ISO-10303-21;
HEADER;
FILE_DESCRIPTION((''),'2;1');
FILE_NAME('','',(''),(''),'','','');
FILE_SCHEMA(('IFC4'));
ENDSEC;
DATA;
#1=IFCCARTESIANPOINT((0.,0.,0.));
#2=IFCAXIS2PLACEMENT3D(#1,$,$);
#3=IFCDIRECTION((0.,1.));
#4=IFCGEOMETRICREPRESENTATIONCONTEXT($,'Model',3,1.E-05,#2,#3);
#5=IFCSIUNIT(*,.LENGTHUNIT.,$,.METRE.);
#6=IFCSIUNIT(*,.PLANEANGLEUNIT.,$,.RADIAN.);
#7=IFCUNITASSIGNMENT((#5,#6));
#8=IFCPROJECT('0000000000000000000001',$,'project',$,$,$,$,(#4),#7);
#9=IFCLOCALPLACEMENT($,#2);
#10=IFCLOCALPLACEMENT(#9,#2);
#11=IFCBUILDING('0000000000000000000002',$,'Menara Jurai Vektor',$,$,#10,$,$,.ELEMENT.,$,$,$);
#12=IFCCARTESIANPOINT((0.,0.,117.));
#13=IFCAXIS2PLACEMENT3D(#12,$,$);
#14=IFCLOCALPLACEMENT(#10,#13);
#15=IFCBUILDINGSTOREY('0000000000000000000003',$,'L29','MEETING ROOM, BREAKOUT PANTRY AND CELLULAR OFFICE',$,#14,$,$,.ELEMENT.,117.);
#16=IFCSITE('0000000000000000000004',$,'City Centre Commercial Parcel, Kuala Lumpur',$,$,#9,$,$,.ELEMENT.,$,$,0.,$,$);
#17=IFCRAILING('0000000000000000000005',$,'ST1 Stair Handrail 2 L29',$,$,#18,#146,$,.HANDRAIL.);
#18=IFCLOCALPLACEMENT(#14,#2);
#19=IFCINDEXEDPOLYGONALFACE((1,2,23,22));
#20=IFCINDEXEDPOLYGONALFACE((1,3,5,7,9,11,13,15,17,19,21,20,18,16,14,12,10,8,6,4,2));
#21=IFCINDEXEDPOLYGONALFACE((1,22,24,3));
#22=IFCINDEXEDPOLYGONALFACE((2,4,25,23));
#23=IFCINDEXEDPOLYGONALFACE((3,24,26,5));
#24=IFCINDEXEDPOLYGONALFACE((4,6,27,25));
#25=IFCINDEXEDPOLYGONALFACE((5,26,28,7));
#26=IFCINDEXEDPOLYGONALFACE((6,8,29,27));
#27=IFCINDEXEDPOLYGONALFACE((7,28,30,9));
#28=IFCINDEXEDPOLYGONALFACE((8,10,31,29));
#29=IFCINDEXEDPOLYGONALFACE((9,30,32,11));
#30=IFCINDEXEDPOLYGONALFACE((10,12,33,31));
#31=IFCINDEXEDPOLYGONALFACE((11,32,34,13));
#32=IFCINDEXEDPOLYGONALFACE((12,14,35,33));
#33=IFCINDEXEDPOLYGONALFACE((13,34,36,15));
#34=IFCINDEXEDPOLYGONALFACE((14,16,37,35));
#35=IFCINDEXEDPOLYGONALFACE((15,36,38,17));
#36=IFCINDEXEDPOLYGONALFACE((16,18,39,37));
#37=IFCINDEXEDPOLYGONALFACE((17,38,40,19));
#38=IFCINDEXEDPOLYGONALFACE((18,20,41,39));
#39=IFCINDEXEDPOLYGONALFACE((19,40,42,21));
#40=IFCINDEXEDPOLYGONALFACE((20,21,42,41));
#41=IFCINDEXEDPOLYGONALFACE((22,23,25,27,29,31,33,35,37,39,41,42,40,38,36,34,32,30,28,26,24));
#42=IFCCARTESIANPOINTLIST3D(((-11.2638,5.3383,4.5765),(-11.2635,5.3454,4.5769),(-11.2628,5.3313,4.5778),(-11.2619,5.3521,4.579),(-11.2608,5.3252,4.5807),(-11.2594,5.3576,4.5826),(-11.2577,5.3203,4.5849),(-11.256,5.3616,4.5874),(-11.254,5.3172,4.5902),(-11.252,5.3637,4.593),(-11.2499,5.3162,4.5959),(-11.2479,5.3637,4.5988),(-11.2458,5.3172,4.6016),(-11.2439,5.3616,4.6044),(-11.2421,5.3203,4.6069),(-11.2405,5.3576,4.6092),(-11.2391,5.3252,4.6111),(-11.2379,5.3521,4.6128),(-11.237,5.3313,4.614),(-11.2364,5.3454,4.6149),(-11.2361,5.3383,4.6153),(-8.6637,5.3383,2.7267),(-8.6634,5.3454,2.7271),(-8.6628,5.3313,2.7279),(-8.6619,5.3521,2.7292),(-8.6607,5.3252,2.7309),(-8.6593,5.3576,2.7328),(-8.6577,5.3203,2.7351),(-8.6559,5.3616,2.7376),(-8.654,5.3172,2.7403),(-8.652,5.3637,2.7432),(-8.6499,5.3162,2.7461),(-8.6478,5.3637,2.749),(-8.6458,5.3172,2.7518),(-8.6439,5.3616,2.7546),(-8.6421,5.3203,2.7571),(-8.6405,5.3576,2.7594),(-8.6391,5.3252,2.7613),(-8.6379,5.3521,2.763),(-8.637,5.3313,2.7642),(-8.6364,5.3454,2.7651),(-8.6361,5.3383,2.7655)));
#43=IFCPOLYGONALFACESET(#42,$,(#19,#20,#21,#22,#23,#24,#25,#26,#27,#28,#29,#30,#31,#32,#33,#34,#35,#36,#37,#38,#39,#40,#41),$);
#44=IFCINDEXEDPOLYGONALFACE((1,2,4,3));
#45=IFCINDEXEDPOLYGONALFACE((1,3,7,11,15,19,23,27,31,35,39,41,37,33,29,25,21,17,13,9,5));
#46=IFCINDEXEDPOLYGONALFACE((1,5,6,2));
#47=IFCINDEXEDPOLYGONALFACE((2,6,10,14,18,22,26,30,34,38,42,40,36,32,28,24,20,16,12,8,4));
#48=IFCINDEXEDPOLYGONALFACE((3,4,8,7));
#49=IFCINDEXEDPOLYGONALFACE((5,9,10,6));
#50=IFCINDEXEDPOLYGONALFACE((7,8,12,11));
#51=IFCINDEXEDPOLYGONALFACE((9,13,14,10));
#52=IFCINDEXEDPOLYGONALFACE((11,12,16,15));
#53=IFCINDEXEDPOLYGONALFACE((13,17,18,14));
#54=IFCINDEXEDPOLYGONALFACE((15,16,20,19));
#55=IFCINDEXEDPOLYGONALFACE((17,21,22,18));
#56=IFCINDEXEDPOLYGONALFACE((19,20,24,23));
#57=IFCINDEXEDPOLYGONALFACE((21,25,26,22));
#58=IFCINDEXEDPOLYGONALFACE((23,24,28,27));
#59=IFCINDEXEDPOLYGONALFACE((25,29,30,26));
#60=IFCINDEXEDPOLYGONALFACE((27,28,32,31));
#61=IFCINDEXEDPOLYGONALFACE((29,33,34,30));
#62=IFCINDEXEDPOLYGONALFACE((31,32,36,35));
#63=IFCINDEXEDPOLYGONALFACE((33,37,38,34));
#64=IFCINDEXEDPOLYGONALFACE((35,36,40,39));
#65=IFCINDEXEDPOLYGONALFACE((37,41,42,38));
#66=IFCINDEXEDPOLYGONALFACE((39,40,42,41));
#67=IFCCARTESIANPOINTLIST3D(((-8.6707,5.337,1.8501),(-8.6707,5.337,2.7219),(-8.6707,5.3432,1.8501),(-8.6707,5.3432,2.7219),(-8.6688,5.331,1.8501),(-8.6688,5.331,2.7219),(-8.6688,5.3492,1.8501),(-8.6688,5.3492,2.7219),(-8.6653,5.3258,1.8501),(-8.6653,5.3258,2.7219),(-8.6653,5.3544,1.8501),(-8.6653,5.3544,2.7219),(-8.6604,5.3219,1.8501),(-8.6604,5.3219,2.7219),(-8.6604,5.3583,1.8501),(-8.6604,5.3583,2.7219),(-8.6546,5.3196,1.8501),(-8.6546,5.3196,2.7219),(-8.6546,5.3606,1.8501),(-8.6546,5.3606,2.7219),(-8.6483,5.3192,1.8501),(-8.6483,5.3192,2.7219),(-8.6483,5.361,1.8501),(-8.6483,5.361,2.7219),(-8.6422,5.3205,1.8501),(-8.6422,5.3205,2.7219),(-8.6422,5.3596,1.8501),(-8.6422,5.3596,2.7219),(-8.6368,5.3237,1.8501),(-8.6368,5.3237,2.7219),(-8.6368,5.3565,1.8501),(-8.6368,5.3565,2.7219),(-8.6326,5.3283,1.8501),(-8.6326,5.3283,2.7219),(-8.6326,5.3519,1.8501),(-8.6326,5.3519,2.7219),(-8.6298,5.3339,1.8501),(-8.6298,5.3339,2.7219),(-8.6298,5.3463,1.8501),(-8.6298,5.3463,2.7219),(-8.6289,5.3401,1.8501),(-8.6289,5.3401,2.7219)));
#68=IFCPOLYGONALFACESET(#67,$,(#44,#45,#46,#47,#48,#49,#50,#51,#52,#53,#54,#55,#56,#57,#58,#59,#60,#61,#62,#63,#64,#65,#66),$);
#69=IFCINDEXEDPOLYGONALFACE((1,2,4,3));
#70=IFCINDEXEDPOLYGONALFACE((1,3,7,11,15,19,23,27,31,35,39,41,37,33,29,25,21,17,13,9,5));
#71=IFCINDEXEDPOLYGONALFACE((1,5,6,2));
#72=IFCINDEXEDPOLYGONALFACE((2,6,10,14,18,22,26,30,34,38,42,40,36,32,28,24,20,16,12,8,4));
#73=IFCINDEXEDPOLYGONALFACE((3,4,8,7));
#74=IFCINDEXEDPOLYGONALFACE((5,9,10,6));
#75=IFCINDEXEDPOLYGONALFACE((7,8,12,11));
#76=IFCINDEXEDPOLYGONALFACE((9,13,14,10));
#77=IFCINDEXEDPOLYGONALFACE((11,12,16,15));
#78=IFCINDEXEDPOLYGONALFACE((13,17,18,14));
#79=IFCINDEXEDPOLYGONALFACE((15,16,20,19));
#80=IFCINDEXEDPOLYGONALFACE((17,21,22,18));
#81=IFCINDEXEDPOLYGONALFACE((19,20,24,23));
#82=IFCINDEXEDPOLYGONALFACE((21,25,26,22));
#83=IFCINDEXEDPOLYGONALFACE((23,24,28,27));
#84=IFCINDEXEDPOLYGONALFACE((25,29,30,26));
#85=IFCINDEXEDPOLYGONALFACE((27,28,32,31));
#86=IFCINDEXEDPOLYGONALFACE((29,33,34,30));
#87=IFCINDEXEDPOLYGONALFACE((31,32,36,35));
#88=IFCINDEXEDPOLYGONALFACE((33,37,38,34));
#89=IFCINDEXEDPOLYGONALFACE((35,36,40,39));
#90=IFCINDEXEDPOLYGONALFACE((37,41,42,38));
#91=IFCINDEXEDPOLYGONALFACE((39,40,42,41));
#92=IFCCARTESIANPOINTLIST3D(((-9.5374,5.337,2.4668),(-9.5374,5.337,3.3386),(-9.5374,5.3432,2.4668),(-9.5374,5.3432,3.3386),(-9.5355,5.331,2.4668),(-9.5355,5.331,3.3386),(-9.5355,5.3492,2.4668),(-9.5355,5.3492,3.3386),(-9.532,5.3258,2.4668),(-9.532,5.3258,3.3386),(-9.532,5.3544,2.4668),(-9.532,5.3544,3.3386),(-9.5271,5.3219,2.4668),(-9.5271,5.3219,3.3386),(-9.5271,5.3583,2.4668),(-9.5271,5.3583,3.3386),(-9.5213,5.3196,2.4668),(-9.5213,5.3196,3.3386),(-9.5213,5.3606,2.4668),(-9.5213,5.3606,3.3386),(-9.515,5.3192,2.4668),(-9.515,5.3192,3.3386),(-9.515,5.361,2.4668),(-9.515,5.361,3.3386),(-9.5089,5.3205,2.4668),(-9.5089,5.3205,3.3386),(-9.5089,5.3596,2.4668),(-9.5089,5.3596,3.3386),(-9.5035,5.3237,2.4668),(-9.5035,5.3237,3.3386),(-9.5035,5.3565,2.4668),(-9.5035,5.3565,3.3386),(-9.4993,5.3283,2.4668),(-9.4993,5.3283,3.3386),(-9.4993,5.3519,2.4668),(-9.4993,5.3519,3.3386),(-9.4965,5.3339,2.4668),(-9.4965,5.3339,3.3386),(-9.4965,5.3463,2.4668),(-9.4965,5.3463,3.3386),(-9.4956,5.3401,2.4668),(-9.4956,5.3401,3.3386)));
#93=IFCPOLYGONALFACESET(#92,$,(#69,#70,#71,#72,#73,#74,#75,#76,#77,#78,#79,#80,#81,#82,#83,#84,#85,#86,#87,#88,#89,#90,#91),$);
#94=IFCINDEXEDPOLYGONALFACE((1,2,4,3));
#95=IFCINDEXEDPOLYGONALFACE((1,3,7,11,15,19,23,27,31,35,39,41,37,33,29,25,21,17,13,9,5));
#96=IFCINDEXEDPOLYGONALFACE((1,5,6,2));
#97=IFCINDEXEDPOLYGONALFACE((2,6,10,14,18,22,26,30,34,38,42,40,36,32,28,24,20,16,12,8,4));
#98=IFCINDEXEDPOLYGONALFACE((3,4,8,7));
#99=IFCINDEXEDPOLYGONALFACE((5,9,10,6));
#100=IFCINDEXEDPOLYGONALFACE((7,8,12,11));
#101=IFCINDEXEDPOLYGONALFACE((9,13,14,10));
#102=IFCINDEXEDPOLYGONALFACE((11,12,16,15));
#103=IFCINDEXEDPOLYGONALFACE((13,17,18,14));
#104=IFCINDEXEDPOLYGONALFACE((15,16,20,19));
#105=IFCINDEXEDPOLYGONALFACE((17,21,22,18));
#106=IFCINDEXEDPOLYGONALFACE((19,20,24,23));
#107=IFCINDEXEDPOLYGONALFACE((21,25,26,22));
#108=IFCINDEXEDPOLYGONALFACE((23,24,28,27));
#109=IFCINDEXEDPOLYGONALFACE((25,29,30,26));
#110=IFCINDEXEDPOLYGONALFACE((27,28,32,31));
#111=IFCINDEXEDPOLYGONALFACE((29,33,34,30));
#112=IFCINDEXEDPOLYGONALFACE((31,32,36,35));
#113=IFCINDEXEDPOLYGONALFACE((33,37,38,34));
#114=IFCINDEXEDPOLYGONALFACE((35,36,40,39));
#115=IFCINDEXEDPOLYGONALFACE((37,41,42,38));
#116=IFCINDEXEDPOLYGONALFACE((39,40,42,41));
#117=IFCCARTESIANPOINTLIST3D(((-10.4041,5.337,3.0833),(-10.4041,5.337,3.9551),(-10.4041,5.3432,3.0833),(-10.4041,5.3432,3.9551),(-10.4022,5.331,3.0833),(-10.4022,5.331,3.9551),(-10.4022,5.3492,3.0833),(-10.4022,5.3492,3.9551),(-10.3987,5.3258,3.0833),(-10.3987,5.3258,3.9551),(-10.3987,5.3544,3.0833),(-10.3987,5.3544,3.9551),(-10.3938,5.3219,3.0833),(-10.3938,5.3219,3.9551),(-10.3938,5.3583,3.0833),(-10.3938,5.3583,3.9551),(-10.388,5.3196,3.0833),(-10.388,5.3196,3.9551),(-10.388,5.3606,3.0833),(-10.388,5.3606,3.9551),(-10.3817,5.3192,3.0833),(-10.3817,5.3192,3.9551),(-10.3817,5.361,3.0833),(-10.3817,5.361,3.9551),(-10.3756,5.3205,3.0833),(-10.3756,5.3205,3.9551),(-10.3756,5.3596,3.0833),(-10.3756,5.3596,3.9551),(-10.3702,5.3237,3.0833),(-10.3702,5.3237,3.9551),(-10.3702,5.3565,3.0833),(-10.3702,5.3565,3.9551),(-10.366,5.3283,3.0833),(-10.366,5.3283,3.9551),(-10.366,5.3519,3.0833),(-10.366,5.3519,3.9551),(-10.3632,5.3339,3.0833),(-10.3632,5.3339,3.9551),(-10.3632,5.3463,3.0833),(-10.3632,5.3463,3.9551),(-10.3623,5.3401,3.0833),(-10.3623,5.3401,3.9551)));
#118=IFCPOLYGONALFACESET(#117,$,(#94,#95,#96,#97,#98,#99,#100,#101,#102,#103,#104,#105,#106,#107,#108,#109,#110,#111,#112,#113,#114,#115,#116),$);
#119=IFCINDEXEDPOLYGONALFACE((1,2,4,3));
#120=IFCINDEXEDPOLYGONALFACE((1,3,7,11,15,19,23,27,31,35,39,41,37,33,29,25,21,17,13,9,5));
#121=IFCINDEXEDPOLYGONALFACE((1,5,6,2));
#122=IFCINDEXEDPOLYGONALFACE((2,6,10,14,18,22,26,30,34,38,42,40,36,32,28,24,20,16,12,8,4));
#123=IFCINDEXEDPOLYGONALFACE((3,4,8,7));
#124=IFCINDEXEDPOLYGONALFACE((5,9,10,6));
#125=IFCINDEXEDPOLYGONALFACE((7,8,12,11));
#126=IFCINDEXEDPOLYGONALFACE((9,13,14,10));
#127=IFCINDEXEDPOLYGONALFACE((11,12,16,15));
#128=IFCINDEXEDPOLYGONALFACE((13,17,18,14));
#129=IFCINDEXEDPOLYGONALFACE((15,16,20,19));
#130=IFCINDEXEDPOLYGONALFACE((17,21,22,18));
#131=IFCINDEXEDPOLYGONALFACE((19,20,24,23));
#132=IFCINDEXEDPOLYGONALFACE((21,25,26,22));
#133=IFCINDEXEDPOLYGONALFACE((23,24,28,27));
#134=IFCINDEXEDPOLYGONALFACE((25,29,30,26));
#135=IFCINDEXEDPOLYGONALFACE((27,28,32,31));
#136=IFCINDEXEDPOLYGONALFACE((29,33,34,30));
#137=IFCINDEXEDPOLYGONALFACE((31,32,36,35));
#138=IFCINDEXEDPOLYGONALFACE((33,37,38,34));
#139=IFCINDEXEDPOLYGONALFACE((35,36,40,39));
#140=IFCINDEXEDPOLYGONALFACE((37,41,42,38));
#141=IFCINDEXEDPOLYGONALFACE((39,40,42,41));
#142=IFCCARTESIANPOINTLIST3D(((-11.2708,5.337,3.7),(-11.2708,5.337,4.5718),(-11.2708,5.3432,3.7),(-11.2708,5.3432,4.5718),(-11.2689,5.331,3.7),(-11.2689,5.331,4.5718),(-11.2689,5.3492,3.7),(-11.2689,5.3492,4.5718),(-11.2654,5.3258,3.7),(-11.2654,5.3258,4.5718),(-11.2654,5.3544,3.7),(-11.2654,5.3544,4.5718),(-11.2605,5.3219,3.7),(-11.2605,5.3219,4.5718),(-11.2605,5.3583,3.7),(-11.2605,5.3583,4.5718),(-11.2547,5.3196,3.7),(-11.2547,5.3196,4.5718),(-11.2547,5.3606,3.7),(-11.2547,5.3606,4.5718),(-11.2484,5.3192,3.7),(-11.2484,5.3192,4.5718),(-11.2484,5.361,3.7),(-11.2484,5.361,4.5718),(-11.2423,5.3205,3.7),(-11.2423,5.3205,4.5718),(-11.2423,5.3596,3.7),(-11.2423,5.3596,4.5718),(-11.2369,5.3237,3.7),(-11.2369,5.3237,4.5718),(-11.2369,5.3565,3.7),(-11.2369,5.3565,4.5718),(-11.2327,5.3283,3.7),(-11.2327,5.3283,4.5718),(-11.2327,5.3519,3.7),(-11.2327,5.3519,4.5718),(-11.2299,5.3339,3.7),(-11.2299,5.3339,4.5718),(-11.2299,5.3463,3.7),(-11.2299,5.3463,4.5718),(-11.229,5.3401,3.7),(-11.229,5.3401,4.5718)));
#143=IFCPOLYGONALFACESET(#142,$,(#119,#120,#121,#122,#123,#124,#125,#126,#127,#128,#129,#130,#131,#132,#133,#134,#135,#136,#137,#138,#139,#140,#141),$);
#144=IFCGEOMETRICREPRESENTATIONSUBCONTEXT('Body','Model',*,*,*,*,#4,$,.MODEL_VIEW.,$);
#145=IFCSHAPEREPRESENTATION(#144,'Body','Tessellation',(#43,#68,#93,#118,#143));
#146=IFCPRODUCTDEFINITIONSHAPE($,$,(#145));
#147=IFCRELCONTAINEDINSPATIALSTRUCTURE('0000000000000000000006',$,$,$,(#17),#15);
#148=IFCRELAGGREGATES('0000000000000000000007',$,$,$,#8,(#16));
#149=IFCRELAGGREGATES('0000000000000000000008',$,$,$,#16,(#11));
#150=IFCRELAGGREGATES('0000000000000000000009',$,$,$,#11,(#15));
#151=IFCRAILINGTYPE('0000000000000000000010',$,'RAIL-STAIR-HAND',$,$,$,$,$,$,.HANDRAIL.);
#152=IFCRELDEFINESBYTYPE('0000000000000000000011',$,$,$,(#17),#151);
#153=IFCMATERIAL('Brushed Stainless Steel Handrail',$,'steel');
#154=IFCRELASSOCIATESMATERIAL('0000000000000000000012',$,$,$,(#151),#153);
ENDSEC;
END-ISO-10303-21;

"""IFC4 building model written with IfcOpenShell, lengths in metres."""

from ifc_helpers import new_model, si_unit, direction, frame, origin, origin_2d, place, context, subcontext, project, spatial, circle, extrude, material, type_object, element, save


model = new_model("IFC4")

# Units and contexts
model_context = context("Model", 3, precision=1e-05, world=origin(), true_north=direction((0.0, 1.0)))
body_context = subcontext(model_context, "Body", "Model", "MODEL_VIEW")
ifc_project = project(units=[si_unit("LENGTHUNIT", "METRE"), si_unit("PLANEANGLEUNIT", "RADIAN")], contexts=[model_context])

# Site, building, storey
site_placement = place(None, origin())
site = spatial("IfcSite", under=ifc_project, at=site_placement, Name="City Centre Commercial Parcel, Kuala Lumpur", CompositionType="ELEMENT", RefElevation=0.0)
building_placement = place(site_placement, origin())
building = spatial("IfcBuilding", under=site, at=building_placement, Name="Menara Jurai Vektor", CompositionType="ELEMENT")
storey_placement = place(building_placement, frame((0.0, 0.0, 117.0)))
storey = spatial("IfcBuildingStorey", under=building, at=storey_placement, Name="L29", Description="MEETING ROOM, BREAKOUT PANTRY AND CELLULAR OFFICE", CompositionType="ELEMENT", Elevation=117.0)

# Railing
ifc_material_1 = material(Name="Brushed Stainless Steel Handrail", Category="steel")
railing_type_1 = type_object("IfcRailingType", Name="RAIL-STAIR-HAND", PredefinedType="HANDRAIL", material=ifc_material_1)
railing_1_placement = place(storey_placement, frame((-8.6499, 5.3401, 1.8501)))
element("IfcRailing", 1, at=railing_1_placement, inside=storey, type_object=railing_type_1, Name="ST1 Stair Handrail 2 L29", PredefinedType="HANDRAIL", context=body_context, shape_type="SweptSolid", body=[
    extrude(circle(Radius=0.0239, at=origin_2d()), frame((0.0, 0.0, 0.896), z_axis=(-0.814823, 0.0, 0.57971), x_axis=(0.0, -1.0, 0.0)), (0.0, 0.0, 1.0), 3.1909),
    extrude(circle(Radius=0.021, at=origin_2d()), origin(), (0.0, 0.0, 1.0), 0.8718),
    extrude(circle(Radius=0.021, at=origin_2d()), frame((-0.8667, 0.0, 0.6167)), (0.0, 0.0, 1.0), 0.8718),
    extrude(circle(Radius=0.021, at=origin_2d()), frame((-1.7334, 0.0, 1.2332)), (0.0, 0.0, 1.0), 0.8718),
    extrude(circle(Radius=0.021, at=origin_2d()), frame((-2.6001, 0.0, 1.8499)), (0.0, 0.0, 1.0), 0.8718),
])

save(model, "model.ifc")
